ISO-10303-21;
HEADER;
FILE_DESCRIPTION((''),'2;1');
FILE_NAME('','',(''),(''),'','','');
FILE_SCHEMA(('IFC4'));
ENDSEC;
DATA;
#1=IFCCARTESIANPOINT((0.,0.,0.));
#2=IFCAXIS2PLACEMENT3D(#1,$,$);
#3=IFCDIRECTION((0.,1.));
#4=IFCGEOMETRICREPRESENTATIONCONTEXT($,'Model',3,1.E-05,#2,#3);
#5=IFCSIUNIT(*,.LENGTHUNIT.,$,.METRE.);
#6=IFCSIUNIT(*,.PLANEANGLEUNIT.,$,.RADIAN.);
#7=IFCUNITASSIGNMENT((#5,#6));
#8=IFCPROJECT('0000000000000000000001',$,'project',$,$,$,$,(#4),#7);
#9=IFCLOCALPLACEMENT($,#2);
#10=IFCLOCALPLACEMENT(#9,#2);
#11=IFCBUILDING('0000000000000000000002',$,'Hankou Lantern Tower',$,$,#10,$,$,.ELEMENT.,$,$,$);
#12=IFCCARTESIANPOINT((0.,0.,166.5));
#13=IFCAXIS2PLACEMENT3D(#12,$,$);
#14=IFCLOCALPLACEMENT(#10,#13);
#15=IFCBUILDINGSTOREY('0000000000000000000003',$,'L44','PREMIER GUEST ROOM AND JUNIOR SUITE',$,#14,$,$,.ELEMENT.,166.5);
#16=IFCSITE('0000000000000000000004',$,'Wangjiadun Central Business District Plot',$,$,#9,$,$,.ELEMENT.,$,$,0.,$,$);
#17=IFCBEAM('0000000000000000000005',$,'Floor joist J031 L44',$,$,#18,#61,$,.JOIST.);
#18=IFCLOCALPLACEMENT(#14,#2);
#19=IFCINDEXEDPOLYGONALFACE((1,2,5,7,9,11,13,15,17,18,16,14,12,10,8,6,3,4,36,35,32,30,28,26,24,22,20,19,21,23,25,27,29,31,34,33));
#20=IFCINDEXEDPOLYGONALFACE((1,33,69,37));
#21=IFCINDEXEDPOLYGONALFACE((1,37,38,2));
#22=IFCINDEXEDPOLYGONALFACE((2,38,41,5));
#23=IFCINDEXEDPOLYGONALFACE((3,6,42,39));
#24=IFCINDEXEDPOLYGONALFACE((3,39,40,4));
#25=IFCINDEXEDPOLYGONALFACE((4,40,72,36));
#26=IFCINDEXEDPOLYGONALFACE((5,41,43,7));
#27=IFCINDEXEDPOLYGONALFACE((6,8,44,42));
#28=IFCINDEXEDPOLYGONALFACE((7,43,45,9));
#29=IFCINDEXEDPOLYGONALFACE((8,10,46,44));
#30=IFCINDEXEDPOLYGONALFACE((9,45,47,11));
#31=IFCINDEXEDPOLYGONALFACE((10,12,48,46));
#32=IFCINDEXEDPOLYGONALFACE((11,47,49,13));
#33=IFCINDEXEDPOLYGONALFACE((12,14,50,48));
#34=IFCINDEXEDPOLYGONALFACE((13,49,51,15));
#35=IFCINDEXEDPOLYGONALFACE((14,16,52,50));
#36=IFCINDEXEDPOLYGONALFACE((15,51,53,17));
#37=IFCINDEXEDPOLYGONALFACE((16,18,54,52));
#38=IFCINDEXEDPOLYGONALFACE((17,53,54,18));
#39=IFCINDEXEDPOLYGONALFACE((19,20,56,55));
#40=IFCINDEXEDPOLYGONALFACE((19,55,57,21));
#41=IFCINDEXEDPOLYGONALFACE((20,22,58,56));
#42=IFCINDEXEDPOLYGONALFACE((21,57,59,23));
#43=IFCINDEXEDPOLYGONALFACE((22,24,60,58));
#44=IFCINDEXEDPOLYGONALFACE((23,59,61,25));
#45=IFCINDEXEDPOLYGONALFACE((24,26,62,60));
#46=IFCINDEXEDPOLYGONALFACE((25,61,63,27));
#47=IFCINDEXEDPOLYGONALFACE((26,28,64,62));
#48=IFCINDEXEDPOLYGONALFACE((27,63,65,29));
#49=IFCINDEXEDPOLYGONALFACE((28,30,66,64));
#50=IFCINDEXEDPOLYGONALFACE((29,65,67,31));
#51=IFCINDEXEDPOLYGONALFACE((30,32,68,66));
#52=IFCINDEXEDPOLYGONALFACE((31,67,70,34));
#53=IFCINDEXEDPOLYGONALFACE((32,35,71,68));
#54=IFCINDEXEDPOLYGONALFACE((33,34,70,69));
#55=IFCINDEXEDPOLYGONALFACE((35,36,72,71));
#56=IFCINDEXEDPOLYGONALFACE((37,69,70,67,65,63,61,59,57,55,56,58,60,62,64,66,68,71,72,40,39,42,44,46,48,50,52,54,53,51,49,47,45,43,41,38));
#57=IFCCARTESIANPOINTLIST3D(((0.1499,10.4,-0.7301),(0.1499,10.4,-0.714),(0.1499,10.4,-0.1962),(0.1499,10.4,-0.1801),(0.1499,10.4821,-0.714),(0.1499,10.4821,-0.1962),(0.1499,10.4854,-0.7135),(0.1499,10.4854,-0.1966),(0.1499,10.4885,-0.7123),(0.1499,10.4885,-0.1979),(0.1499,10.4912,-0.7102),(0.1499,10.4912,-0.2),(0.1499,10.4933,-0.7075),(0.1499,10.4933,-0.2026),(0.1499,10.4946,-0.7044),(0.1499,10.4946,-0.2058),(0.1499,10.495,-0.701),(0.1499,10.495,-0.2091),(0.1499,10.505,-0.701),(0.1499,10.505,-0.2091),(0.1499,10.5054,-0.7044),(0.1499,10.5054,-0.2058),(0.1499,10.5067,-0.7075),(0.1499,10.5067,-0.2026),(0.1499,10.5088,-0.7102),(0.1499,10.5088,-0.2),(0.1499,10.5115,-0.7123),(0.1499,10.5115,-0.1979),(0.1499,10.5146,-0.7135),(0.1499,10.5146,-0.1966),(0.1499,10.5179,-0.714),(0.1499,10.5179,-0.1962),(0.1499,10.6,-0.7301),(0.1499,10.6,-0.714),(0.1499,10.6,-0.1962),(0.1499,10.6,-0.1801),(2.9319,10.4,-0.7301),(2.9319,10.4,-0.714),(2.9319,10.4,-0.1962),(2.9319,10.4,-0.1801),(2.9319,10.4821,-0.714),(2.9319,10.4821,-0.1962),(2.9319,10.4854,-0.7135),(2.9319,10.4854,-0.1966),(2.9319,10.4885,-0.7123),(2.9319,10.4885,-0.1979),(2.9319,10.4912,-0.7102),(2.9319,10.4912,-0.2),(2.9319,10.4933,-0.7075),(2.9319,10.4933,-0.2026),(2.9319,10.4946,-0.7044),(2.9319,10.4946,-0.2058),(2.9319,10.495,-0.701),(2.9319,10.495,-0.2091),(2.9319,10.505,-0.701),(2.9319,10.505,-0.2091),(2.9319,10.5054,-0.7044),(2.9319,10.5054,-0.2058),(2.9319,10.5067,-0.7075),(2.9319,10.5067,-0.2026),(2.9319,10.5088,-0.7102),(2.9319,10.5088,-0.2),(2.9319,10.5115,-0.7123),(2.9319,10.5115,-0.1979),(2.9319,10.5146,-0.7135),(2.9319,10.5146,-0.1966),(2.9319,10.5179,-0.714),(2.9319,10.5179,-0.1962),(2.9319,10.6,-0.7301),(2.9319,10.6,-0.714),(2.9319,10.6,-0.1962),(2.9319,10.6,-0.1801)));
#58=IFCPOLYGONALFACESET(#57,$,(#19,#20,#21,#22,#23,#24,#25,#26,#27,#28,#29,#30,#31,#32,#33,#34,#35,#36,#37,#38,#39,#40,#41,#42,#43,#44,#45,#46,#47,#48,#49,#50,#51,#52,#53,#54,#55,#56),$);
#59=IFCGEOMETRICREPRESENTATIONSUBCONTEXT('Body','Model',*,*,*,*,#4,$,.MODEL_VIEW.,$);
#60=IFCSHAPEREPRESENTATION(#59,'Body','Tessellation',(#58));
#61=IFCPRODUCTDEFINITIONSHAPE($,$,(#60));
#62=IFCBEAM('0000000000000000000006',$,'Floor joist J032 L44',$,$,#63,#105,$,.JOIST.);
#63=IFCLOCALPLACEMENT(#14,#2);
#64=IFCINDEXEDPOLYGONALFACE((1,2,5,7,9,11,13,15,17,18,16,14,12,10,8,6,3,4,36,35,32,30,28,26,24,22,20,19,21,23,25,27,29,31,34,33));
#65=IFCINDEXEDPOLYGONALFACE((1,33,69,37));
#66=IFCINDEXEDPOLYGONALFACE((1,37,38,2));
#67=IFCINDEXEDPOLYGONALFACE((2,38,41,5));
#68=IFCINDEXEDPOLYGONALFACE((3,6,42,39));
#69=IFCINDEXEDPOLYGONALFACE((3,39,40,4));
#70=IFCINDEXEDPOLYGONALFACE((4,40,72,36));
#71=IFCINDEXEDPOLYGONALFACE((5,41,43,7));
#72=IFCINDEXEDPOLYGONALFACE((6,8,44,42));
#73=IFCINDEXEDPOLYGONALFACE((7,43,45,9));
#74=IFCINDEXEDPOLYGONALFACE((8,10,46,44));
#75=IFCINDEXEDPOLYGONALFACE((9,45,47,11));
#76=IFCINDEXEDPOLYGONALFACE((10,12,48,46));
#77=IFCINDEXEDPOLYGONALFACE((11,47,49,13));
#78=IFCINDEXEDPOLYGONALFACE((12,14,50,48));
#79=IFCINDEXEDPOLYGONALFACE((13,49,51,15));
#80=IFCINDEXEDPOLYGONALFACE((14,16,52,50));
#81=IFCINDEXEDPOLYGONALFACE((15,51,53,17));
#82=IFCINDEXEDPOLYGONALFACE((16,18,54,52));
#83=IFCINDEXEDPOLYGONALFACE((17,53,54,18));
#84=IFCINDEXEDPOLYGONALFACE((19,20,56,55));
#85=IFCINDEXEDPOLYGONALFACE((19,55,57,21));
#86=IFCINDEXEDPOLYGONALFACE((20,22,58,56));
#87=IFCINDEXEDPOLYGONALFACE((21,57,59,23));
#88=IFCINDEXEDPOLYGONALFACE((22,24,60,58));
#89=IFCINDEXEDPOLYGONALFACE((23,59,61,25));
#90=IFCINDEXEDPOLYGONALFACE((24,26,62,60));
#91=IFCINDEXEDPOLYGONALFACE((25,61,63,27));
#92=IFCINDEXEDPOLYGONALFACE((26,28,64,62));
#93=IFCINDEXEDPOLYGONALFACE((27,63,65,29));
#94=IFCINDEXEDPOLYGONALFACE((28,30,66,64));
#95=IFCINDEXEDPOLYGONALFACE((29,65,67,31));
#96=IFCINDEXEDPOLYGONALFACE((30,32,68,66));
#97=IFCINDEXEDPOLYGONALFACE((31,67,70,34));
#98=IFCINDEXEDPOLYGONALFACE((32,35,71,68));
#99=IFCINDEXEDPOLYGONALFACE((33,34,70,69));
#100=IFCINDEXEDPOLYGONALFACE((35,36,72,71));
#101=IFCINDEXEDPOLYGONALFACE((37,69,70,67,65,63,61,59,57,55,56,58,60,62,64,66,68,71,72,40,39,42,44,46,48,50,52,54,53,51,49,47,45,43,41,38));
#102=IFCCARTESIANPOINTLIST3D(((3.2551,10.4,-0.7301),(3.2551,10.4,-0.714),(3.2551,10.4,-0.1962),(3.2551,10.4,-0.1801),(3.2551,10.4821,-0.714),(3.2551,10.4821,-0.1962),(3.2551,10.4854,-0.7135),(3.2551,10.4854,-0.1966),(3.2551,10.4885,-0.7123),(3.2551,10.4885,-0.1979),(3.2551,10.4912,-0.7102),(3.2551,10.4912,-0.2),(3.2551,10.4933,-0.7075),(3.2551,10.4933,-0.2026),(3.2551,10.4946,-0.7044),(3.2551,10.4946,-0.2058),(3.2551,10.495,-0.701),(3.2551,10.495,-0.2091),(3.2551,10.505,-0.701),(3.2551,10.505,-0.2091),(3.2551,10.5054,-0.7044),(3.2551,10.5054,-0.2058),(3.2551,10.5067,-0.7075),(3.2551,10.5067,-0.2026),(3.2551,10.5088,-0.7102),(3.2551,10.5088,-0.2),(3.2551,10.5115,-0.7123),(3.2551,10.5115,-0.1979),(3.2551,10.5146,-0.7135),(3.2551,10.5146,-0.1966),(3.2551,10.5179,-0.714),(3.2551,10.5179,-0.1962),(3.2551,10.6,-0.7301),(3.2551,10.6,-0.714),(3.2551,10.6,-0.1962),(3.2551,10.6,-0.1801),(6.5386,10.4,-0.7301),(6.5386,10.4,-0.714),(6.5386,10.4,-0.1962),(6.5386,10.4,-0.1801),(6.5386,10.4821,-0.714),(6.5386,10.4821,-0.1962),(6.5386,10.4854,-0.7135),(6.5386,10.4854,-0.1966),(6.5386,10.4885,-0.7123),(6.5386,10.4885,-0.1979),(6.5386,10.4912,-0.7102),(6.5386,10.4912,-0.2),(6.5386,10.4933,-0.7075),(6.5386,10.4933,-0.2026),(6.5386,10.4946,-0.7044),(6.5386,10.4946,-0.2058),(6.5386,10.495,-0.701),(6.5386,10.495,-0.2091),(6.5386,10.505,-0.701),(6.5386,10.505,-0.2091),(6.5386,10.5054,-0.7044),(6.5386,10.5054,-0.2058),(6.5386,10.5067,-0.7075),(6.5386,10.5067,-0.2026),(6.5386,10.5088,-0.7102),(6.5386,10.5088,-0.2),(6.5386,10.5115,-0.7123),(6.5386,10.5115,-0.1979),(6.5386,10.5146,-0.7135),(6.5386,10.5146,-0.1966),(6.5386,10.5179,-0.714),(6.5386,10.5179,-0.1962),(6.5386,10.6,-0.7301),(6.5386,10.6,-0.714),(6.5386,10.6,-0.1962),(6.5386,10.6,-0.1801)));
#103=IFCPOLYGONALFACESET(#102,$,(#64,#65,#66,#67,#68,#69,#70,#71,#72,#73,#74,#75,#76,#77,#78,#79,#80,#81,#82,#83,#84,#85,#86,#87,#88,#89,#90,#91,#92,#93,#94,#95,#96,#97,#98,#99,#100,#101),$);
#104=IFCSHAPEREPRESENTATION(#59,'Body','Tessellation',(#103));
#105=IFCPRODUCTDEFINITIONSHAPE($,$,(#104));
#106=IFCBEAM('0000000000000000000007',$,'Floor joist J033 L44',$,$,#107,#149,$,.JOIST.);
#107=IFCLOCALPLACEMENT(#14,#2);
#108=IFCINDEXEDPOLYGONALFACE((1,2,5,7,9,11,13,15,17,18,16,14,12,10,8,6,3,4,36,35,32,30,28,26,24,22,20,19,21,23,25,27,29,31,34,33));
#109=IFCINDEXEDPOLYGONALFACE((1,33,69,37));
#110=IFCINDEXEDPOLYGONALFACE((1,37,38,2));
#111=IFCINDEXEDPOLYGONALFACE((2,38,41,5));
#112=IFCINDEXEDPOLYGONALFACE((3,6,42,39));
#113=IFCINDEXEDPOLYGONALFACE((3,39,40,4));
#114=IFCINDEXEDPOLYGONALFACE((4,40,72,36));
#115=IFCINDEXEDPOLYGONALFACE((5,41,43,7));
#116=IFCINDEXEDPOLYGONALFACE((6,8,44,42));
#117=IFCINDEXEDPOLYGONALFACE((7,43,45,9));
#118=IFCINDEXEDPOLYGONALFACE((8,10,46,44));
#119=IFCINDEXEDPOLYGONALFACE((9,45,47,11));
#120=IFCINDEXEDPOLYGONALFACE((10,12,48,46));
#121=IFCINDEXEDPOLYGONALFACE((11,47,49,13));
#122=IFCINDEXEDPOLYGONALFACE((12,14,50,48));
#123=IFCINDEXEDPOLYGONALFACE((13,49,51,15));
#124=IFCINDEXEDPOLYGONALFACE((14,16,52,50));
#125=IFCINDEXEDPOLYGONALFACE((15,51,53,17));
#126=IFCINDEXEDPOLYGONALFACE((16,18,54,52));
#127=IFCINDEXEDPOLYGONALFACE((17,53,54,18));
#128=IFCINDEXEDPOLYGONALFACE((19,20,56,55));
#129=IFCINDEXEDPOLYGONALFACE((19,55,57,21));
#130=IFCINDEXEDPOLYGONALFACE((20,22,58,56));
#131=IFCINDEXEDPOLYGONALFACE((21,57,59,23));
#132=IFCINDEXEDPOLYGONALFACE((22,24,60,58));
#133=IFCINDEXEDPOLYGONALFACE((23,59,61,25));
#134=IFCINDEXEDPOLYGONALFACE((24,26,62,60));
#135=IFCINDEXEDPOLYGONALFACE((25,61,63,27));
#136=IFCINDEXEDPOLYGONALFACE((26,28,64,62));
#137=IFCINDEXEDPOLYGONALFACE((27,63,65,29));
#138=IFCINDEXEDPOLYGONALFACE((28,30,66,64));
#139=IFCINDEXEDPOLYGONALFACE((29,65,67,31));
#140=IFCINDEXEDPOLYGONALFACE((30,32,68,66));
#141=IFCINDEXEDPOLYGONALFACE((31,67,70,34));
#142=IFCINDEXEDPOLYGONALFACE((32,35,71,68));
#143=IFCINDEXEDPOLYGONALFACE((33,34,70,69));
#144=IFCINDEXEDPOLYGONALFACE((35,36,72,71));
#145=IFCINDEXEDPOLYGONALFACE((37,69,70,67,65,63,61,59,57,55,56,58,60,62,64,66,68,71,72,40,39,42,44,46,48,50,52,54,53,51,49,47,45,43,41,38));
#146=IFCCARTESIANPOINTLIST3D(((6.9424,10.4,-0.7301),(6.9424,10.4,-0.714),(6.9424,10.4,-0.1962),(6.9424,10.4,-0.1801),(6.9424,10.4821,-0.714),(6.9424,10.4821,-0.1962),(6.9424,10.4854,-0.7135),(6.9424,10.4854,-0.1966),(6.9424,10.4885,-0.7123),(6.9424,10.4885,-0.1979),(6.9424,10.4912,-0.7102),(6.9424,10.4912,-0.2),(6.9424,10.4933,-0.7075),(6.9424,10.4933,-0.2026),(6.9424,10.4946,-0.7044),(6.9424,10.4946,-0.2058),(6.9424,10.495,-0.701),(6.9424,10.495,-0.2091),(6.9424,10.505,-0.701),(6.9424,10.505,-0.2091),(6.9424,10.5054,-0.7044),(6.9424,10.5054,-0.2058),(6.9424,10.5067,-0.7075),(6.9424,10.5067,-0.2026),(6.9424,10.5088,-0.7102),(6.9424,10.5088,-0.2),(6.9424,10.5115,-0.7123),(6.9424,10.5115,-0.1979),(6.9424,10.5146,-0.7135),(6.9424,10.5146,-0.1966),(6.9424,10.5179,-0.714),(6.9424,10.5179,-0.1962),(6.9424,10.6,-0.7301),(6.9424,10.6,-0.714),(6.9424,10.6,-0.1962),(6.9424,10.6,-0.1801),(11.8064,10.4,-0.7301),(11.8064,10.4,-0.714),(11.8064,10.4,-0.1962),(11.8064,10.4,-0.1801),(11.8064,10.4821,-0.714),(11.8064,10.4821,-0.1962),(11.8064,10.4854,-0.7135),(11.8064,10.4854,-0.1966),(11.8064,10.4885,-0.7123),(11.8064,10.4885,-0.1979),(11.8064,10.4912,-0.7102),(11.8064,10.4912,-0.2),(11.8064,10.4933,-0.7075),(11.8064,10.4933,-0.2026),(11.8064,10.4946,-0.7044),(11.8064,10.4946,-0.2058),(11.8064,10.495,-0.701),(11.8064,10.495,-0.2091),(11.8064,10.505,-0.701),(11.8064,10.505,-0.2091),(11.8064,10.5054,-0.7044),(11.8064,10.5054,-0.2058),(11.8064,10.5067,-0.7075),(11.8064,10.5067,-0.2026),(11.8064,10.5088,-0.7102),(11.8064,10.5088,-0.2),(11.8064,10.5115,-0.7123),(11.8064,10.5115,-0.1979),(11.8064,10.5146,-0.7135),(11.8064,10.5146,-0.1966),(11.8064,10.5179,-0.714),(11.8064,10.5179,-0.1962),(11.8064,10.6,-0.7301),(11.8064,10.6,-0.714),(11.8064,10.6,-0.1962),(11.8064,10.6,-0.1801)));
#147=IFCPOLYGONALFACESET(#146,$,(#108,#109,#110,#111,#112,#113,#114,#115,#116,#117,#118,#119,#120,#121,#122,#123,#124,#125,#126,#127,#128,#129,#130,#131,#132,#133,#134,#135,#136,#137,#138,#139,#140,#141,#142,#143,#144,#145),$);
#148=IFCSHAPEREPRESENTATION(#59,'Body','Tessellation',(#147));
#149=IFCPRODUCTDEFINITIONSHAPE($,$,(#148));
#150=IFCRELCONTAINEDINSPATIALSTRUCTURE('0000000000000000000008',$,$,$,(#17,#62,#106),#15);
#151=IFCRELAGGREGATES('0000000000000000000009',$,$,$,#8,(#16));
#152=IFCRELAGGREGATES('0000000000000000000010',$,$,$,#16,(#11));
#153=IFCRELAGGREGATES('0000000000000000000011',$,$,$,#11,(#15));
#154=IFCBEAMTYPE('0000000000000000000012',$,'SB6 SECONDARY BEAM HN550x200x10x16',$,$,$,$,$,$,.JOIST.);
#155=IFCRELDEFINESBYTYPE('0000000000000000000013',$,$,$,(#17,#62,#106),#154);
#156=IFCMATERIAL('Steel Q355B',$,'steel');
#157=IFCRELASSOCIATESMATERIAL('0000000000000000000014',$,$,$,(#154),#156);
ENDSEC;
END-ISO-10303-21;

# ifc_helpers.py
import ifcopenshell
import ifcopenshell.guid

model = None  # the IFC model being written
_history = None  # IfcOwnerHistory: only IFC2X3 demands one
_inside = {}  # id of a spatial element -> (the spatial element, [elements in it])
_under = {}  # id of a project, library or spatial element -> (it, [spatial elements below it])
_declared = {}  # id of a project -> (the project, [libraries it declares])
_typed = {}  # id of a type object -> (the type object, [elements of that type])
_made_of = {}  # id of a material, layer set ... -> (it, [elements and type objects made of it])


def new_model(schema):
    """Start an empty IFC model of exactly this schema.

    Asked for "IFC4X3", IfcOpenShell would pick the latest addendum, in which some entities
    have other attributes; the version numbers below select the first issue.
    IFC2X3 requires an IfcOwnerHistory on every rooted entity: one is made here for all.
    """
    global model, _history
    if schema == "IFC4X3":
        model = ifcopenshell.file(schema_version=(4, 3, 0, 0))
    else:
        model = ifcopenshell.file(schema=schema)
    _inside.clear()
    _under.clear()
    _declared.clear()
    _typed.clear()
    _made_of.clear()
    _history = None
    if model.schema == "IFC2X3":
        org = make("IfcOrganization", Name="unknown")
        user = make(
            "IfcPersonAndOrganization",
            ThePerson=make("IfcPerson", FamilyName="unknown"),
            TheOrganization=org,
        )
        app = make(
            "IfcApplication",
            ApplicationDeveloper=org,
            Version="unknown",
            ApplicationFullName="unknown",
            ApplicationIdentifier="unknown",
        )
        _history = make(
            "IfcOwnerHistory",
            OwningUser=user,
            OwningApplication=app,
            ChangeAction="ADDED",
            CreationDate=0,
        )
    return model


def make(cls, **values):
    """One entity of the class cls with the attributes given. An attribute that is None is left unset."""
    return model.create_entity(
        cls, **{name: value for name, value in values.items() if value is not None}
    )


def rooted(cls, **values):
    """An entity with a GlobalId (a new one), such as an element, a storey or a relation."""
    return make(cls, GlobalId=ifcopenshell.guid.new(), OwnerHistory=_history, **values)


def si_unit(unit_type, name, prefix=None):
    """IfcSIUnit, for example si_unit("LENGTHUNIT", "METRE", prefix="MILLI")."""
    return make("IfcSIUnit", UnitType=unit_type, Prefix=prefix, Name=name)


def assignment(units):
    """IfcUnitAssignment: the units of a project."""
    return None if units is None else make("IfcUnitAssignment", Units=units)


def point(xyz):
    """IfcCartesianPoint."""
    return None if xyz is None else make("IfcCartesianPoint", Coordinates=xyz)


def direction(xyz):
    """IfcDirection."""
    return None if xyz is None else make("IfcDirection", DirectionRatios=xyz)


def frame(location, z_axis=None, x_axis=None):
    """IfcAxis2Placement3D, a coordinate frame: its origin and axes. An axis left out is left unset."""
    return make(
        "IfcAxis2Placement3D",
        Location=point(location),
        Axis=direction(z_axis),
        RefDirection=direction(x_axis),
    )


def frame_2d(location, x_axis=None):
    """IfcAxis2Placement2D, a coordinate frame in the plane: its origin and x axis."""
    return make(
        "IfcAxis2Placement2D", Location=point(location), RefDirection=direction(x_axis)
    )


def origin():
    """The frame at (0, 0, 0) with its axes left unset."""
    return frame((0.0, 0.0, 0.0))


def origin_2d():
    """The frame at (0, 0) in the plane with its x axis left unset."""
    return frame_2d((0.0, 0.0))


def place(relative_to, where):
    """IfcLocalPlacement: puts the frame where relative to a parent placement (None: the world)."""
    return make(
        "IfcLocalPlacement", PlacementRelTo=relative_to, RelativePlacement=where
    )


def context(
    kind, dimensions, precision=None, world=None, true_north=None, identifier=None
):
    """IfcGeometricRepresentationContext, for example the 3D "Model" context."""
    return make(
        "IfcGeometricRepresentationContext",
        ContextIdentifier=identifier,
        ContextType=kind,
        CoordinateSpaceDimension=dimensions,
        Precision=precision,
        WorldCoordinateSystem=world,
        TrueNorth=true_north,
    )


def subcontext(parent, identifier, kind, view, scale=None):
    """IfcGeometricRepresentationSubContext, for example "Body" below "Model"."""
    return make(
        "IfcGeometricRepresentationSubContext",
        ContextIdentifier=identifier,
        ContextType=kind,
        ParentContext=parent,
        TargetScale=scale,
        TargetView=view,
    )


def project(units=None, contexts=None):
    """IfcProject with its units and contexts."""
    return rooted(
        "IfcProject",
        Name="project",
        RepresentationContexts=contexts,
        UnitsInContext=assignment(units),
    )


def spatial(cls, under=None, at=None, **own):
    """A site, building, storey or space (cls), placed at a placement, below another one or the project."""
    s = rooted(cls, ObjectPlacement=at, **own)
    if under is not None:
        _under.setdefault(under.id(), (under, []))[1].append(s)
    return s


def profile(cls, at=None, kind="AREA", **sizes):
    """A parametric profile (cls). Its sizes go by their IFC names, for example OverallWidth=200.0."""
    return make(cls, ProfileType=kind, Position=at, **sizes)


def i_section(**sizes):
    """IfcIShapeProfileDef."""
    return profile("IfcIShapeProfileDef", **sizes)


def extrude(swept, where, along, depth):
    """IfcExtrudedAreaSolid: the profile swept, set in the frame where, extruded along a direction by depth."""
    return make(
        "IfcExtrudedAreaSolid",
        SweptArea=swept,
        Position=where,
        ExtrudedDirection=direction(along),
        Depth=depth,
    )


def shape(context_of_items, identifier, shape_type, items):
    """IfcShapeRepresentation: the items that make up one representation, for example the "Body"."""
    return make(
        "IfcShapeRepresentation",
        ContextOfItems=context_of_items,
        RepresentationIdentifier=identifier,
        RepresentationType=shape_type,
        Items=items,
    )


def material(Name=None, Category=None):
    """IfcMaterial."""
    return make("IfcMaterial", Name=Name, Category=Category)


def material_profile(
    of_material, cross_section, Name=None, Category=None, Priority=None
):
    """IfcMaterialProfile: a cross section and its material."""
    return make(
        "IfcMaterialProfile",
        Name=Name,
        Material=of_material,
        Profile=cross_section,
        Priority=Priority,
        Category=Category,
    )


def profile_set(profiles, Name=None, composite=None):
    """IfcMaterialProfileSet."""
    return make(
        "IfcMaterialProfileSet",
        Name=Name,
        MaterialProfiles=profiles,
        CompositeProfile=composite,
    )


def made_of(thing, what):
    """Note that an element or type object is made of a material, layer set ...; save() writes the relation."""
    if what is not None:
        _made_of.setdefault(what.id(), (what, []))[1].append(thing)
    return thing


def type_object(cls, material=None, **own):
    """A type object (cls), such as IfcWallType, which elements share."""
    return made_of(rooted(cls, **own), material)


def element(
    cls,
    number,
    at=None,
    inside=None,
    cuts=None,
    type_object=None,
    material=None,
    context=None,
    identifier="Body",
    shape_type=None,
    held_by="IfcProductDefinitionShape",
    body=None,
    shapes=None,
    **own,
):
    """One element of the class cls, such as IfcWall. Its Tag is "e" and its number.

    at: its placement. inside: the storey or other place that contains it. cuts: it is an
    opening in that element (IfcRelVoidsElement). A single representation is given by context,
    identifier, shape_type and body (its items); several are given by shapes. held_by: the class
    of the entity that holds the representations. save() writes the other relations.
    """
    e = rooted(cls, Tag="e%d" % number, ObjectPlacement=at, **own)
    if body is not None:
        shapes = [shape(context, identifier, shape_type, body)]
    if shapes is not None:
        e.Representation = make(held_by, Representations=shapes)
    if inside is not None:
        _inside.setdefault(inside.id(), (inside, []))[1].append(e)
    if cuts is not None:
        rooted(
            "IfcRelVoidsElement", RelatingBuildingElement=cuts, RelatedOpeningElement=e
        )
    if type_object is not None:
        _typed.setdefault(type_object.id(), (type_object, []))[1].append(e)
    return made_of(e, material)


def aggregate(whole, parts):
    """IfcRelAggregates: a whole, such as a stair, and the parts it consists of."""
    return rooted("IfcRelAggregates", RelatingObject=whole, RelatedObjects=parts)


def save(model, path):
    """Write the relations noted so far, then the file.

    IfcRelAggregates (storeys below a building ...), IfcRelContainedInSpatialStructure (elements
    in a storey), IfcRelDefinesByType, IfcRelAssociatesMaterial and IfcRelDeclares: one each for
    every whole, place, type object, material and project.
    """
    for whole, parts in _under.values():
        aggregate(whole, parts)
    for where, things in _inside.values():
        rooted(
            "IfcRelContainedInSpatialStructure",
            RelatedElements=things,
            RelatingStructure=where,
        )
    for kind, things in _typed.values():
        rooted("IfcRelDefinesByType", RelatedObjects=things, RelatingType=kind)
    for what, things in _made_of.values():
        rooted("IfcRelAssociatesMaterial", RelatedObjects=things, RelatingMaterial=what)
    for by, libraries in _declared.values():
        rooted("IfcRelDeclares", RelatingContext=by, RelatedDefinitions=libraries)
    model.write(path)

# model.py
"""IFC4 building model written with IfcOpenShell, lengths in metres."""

from ifc_helpers import new_model, si_unit, direction, frame, origin, origin_2d, place, context, subcontext, project, spatial, i_section, extrude, material, material_profile, profile_set, type_object, element, save


model = new_model("IFC4")

# Units and contexts
model_context = context("Model", 3, precision=1e-05, world=origin(), true_north=direction((0.0, 1.0)))
body_context = subcontext(model_context, "Body", "Model", "MODEL_VIEW")
ifc_project = project(units=[si_unit("LENGTHUNIT", "METRE"), si_unit("PLANEANGLEUNIT", "RADIAN")], contexts=[model_context])

# Site, building, storey
site_placement = place(None, origin())
site = spatial("IfcSite", under=ifc_project, at=site_placement, Name="Wangjiadun Central Business District Plot", CompositionType="ELEMENT", RefElevation=0.0)
building_placement = place(site_placement, origin())
building = spatial("IfcBuilding", under=site, at=building_placement, Name="Hankou Lantern Tower", CompositionType="ELEMENT")
storey_placement = place(building_placement, frame((0.0, 0.0, 166.5)))
storey = spatial("IfcBuildingStorey", under=building, at=storey_placement, Name="L44", Description="PREMIER GUEST ROOM AND JUNIOR SUITE", CompositionType="ELEMENT", Elevation=166.5)

# Beams
ifc_material_1 = material(Name="Steel Q355B", Category="steel")
ifc_material_profile_1 = material_profile(ifc_material_1, i_section(OverallWidth=0.2, OverallDepth=0.55, WebThickness=0.01, FlangeThickness=0.0161, FilletRadius=0.0129, at=origin_2d()), Name="HN550x200x10x16")
ifc_profile_set_1 = profile_set([ifc_material_profile_1], Name="Steel Q355B")
beam_type_1 = type_object("IfcBeamType", Name="SB6 SECONDARY BEAM HN550x200x10x16", PredefinedType="JOIST", material=ifc_profile_set_1)
beam_1_placement = place(storey_placement, frame((0.1499, 10.5, -0.4551), z_axis=(1.0, 0.0, 0.0), x_axis=(0.0, 1.0, 0.0)))
element("IfcBeam", 1, at=beam_1_placement, inside=storey, type_object=beam_type_1, Name="Floor joist J031 L44", PredefinedType="JOIST", context=body_context, shape_type="SweptSolid", body=[
    extrude(i_section(OverallWidth=0.2, OverallDepth=0.55, WebThickness=0.01, FlangeThickness=0.0161, FilletRadius=0.0129, at=origin_2d()), origin(), (0.0, 0.0, 1.0), 2.782),
])
beam_2_placement = place(storey_placement, frame((3.2551, 10.5, -0.4551), z_axis=(1.0, 0.0, 0.0), x_axis=(0.0, 1.0, 0.0)))
element("IfcBeam", 2, at=beam_2_placement, inside=storey, type_object=beam_type_1, Name="Floor joist J032 L44", PredefinedType="JOIST", context=body_context, shape_type="SweptSolid", body=[
    extrude(i_section(OverallWidth=0.2, OverallDepth=0.55, WebThickness=0.01, FlangeThickness=0.0161, FilletRadius=0.0129, at=origin_2d()), origin(), (0.0, 0.0, 1.0), 3.2834),
])
beam_3_placement = place(storey_placement, frame((6.9424, 10.5, -0.4551), z_axis=(1.0, 0.0, 0.0), x_axis=(0.0, 1.0, 0.0)))
element("IfcBeam", 3, at=beam_3_placement, inside=storey, type_object=beam_type_1, Name="Floor joist J033 L44", PredefinedType="JOIST", context=body_context, shape_type="SweptSolid", body=[
    extrude(i_section(OverallWidth=0.2, OverallDepth=0.55, WebThickness=0.01, FlangeThickness=0.0161, FilletRadius=0.0129, at=origin_2d()), origin(), (0.0, 0.0, 1.0), 4.864),
])

save(model, "model.ifc")
